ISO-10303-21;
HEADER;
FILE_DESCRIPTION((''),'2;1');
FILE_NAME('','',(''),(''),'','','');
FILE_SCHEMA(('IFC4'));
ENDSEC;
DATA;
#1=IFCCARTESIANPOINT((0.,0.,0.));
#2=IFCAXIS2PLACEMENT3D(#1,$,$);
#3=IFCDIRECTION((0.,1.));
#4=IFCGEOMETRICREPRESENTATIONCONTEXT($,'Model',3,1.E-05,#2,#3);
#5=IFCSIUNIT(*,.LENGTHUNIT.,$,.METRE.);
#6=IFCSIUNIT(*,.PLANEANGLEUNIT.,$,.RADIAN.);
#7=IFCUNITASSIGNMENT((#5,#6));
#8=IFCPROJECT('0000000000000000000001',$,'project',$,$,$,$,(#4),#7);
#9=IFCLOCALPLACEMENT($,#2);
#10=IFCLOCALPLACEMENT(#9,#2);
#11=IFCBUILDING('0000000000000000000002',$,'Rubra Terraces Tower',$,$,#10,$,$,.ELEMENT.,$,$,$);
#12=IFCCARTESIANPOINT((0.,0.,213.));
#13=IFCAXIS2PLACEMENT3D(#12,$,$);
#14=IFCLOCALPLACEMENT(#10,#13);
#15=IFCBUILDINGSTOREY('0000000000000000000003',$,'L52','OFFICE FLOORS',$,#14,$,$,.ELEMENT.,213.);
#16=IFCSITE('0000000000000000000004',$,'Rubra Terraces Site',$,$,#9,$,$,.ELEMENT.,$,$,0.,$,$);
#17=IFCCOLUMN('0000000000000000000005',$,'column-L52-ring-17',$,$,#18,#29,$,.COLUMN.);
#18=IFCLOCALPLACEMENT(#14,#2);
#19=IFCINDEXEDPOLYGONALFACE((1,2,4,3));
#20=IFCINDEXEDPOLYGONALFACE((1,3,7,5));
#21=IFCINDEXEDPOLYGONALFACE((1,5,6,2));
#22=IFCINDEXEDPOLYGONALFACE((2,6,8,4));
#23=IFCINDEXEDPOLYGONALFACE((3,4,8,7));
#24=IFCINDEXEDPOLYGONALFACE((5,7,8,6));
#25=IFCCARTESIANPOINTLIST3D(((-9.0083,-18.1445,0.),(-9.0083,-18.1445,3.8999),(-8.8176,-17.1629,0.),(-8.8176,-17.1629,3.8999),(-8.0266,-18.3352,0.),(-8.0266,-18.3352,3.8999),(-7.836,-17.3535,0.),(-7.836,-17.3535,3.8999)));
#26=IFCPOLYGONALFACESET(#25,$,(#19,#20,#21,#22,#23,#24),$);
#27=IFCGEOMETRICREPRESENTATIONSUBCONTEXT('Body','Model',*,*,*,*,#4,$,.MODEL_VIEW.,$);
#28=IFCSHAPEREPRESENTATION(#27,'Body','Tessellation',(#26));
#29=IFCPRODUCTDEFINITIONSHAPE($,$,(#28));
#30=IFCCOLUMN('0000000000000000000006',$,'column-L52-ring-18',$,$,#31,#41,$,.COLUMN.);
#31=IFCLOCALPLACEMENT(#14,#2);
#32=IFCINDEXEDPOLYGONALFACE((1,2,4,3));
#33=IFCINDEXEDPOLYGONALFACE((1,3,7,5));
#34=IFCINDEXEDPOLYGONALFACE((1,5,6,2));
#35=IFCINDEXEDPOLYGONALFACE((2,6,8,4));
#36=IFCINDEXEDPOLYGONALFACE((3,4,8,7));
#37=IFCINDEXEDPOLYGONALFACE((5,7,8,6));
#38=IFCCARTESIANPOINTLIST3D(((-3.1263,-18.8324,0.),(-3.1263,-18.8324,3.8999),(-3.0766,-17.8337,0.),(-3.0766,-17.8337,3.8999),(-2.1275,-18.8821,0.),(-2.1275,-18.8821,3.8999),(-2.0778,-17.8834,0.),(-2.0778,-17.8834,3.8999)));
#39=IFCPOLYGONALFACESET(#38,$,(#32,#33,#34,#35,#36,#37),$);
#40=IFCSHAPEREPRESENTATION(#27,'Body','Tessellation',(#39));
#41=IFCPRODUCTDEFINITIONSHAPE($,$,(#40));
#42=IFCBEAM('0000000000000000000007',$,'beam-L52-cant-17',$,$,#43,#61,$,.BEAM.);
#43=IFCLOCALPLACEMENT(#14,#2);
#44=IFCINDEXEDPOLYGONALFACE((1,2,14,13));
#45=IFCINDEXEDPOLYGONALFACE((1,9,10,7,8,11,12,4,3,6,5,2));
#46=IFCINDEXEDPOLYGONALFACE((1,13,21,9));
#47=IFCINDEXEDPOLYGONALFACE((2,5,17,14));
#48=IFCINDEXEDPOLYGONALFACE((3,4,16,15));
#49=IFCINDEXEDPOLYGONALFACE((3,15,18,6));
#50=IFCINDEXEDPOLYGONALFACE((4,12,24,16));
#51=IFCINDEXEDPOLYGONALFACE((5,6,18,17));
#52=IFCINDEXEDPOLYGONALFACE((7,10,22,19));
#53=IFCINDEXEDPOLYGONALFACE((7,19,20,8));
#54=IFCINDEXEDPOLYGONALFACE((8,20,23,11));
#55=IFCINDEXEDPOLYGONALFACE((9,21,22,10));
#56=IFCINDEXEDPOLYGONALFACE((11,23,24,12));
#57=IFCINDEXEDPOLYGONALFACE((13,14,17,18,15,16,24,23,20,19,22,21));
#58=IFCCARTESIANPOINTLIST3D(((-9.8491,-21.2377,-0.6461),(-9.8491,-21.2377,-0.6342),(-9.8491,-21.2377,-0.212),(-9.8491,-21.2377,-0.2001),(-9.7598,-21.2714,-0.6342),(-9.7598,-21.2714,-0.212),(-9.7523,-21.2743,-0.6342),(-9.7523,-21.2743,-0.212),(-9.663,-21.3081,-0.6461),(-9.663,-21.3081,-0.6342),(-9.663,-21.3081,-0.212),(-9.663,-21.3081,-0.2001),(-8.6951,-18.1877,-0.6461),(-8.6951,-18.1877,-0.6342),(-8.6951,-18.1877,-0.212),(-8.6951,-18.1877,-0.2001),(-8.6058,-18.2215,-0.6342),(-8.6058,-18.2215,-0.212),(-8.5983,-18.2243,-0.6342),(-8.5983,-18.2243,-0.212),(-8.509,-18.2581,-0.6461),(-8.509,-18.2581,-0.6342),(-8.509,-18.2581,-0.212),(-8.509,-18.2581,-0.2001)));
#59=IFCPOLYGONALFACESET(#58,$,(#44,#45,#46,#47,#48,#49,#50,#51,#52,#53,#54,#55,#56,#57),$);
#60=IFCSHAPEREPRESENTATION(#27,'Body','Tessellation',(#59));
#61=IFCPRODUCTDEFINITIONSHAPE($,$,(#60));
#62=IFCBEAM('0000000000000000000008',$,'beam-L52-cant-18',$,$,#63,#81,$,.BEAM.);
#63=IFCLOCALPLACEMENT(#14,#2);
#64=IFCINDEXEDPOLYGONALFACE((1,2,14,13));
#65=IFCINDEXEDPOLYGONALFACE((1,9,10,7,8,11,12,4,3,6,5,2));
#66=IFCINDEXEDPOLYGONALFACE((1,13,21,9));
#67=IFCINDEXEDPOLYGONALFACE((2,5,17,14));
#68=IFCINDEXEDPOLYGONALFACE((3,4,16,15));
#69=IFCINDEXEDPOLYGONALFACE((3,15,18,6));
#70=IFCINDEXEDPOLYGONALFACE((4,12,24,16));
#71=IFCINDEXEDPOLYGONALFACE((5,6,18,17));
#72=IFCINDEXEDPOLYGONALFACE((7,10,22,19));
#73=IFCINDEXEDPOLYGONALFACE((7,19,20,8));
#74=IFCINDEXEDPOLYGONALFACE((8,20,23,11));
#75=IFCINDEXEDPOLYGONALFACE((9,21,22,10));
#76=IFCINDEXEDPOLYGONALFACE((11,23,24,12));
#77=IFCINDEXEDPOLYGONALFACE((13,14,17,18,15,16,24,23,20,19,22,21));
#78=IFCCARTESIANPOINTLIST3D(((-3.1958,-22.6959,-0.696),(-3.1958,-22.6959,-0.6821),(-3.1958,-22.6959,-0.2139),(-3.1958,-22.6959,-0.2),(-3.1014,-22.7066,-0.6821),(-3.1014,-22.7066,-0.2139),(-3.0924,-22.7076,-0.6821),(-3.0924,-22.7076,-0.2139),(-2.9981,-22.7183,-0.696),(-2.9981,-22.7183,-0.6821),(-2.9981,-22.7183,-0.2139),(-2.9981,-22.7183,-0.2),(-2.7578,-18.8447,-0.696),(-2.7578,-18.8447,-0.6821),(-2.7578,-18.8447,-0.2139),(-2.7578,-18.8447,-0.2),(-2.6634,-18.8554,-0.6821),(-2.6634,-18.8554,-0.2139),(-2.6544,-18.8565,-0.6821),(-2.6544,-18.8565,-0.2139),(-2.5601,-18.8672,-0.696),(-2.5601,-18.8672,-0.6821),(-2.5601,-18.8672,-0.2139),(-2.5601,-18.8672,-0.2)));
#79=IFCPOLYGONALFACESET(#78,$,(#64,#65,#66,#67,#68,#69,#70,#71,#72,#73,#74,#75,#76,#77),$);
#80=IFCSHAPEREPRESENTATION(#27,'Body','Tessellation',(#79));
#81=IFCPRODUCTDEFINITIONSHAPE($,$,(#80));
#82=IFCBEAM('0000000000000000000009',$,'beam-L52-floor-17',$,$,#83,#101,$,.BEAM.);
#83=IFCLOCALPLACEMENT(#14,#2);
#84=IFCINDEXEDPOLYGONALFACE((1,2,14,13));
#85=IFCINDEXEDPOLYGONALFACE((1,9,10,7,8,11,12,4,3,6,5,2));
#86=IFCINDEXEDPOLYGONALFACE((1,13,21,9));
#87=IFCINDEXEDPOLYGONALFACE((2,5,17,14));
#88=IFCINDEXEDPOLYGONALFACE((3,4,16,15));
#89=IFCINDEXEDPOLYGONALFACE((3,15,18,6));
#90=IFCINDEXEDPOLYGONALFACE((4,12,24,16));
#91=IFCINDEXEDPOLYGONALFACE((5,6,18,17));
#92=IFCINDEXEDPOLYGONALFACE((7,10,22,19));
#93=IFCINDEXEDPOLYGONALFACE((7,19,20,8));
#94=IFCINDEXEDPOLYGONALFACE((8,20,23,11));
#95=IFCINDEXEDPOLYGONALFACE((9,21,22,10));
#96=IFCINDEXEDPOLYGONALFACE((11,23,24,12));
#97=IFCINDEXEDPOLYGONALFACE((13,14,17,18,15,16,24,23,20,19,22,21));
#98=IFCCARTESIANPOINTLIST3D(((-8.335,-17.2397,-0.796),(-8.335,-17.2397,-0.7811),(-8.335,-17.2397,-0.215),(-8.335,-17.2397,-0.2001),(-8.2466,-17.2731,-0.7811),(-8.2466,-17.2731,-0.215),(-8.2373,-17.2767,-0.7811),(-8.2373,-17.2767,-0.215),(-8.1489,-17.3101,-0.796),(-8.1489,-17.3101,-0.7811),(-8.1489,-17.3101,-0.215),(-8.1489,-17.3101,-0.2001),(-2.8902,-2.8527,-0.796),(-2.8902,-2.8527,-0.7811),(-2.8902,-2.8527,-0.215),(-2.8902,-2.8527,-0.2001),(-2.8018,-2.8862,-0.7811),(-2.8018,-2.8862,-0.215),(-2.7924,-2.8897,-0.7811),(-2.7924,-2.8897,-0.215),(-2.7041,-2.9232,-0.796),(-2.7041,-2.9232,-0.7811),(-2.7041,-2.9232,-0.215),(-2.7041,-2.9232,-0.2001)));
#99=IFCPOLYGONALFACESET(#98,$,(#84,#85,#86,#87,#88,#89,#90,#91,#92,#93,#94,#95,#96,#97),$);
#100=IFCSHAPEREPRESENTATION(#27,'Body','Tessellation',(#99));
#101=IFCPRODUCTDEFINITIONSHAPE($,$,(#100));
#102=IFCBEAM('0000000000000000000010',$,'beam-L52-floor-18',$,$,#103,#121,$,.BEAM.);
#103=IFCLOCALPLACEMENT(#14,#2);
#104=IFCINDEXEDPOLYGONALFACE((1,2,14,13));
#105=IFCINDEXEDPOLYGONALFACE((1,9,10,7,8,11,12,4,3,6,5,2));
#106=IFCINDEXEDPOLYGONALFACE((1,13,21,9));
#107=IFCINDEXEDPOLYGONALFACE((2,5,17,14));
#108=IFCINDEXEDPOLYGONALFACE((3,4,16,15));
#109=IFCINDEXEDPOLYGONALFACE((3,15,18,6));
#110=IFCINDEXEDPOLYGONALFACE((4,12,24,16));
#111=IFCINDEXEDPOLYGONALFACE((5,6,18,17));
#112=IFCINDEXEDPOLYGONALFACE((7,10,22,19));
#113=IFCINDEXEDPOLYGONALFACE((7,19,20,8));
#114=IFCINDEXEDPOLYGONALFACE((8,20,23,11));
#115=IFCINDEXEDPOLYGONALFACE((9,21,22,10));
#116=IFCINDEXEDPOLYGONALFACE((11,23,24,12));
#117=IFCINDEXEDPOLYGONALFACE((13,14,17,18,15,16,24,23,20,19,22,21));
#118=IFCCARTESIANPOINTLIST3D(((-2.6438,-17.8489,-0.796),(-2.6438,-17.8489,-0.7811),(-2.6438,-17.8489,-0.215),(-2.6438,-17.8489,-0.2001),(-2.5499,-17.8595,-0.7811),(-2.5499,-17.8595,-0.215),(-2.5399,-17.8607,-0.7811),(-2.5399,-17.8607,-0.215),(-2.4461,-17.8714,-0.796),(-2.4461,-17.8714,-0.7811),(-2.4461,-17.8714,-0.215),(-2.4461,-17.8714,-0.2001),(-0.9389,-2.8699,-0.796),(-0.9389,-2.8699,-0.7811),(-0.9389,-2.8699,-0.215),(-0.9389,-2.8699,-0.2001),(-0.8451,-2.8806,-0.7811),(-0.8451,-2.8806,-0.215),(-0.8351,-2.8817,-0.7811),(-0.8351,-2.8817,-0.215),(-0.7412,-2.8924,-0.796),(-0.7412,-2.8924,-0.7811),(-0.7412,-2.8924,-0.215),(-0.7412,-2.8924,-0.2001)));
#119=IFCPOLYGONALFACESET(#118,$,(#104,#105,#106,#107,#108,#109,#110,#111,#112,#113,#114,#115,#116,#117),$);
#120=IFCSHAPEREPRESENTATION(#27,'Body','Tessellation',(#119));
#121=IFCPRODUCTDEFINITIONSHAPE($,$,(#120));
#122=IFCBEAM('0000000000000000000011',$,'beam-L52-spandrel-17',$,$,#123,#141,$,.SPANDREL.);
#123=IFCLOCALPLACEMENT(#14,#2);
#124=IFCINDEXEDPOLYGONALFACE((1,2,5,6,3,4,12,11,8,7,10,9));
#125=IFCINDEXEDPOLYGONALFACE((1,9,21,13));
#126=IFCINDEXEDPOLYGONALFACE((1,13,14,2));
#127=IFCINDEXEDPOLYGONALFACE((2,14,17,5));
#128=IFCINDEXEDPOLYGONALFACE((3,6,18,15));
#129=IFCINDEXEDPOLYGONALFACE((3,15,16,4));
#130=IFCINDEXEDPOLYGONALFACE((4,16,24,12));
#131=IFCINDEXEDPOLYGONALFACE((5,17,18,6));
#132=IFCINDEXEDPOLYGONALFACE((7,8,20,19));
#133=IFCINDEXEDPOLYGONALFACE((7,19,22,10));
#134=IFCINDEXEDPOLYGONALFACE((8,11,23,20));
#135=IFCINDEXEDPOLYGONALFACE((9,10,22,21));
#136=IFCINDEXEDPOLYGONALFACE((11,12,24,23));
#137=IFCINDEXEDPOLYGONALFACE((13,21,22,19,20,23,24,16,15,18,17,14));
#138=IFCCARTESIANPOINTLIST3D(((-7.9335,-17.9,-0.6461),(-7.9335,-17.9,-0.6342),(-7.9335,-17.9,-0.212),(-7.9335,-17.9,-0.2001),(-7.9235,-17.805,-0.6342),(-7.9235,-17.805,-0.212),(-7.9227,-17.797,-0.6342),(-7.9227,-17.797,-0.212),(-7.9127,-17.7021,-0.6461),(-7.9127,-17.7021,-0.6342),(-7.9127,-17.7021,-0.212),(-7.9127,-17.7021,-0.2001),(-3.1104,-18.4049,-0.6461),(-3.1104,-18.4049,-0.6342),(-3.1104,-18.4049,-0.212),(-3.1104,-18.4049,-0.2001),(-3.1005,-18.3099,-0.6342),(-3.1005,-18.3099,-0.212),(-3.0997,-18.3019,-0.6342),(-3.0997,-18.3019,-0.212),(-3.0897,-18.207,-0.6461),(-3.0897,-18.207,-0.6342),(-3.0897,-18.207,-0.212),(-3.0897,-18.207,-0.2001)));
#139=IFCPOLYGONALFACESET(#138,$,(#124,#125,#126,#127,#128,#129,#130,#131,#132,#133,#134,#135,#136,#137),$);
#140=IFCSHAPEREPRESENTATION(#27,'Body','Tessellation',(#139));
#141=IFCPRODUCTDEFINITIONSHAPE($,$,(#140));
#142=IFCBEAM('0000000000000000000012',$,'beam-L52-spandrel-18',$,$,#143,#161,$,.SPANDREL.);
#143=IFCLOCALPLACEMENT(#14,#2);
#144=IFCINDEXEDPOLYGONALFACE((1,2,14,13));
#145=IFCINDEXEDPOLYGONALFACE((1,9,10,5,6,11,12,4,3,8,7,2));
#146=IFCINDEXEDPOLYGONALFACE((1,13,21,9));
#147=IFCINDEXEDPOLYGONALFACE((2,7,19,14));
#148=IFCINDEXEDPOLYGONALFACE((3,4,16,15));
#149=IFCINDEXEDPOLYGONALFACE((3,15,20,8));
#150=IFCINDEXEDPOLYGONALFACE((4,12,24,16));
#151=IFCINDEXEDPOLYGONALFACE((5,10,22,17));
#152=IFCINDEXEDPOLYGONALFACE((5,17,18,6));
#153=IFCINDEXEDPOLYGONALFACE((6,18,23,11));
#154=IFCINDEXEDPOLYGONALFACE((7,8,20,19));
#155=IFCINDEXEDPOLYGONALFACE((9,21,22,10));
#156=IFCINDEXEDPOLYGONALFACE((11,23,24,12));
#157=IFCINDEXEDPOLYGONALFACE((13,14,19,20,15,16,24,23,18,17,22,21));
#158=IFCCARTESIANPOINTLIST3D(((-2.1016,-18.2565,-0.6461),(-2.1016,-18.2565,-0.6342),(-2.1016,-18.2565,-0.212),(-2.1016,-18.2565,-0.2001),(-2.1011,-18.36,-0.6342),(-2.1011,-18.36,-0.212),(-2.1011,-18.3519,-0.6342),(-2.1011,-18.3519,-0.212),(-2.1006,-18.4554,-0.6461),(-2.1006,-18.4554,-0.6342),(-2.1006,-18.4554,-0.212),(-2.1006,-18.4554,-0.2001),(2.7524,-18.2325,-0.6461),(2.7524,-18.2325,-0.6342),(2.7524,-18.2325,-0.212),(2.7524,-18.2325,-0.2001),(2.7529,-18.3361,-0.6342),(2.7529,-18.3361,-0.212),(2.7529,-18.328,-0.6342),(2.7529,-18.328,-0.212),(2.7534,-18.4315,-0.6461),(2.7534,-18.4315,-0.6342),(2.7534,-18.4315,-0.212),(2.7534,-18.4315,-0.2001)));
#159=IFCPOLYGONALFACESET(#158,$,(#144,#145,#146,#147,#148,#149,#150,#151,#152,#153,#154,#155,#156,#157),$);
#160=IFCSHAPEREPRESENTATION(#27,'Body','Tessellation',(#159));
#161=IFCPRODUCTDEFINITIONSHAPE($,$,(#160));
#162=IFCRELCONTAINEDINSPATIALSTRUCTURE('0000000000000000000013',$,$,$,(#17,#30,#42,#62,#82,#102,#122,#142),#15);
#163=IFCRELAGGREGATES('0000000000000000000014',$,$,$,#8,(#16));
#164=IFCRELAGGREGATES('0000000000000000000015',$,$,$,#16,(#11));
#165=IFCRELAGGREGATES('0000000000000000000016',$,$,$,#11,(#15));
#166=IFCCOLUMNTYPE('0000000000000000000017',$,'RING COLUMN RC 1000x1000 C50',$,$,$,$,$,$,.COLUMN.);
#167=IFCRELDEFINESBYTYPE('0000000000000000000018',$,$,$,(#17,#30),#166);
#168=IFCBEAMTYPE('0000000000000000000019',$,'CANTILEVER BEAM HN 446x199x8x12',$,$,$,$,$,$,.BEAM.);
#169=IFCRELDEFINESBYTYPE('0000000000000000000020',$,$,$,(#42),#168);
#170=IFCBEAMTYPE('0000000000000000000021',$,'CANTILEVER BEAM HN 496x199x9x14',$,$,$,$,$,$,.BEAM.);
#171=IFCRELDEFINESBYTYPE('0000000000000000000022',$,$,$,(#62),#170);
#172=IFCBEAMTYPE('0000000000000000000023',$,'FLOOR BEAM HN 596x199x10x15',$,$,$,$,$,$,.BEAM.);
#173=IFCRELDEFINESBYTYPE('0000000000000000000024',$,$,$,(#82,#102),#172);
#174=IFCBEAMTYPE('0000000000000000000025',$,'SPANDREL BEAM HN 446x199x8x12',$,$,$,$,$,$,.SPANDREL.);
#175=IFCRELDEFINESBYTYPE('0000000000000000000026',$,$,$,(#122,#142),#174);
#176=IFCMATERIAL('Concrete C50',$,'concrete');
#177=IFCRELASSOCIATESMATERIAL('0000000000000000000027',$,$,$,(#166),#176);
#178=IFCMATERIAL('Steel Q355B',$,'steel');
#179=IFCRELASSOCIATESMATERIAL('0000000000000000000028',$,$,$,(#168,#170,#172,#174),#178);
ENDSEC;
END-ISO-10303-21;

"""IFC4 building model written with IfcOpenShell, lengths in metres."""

from ifc_helpers import new_model, si_unit, direction, frame, origin, origin_2d, place, context, subcontext, project, spatial, rectangle, i_section, extrude, material, material_profile, profile_set, type_object, element, save


model = new_model("IFC4")

# Units and contexts
model_context = context("Model", 3, precision=1e-05, world=origin(), true_north=direction((0.0, 1.0)))
body_context = subcontext(model_context, "Body", "Model", "MODEL_VIEW")
ifc_project = project(units=[si_unit("LENGTHUNIT", "METRE"), si_unit("PLANEANGLEUNIT", "RADIAN")], contexts=[model_context])

# Site, building, storey
site_placement = place(None, origin())
site = spatial("IfcSite", under=ifc_project, at=site_placement, Name="Rubra Terraces Site", CompositionType="ELEMENT", RefElevation=0.0)
building_placement = place(site_placement, origin())
building = spatial("IfcBuilding", under=site, at=building_placement, Name="Rubra Terraces Tower", CompositionType="ELEMENT")
storey_placement = place(building_placement, frame((0.0, 0.0, 213.0)))
storey = spatial("IfcBuildingStorey", under=building, at=storey_placement, Name="L52", Description="OFFICE FLOORS", CompositionType="ELEMENT", Elevation=213.0)

# Columns
ifc_material_1 = material(Name="Concrete C50", Category="concrete")
ifc_material_profile_1 = material_profile(ifc_material_1, rectangle(XDim=1.0, YDim=1.0, at=origin_2d()), Name="RC 1000x1000")
ifc_profile_set_1 = profile_set([ifc_material_profile_1], Name="Concrete C50")
column_type = type_object("IfcColumnType", Name="RING COLUMN RC 1000x1000 C50", PredefinedType="COLUMN", material=ifc_profile_set_1)
for number, where, z_axis, x_axis, name in (
    (1, (-8.4221, -17.749, 0.0), (0.0, 0.0, 1.0), (0.981655, -0.190668, 0.0), "column-L52-ring-17"),
    (2, (-2.6021, -18.3579, 0.0), (0.0, 0.0, 1.0), (0.998764, -0.049699, 0.0), "column-L52-ring-18"),
):
    element("IfcColumn", number, at=place(storey_placement, frame(where, z_axis=z_axis, x_axis=x_axis)), inside=storey, type_object=column_type, Name=name, PredefinedType="COLUMN", context=body_context, shape_type="SweptSolid", body=[
        extrude(rectangle(XDim=1.0, YDim=1.0, at=origin_2d()), origin(), (0.0, 0.0, 1.0), 3.8999),
    ])

# Beams
ifc_material_2 = material(Name="Steel Q355B", Category="steel")
ifc_material_profile_2 = material_profile(ifc_material_2, i_section(OverallWidth=0.199, OverallDepth=0.446, WebThickness=0.0081, FlangeThickness=0.012, at=origin_2d()), Name="HN 446x199x8x12")
ifc_profile_set_2 = profile_set([ifc_material_profile_2], Name="Steel Q355B")
beam_type_1 = type_object("IfcBeamType", Name="CANTILEVER BEAM HN 446x199x8x12", PredefinedType="BEAM", material=ifc_profile_set_2)
beam_1_placement = place(storey_placement, frame((-8.6021, -18.2229, -0.4231), z_axis=(-0.353887, -0.935288, 0.0), x_axis=(0.935288, -0.353887, 0.0)))
element("IfcBeam", 3, at=beam_1_placement, inside=storey, type_object=beam_type_1, Name="beam-L52-cant-17", PredefinedType="BEAM", context=body_context, shape_type="SweptSolid", body=[
    extrude(i_section(OverallWidth=0.199, OverallDepth=0.446, WebThickness=0.0081, FlangeThickness=0.012, at=origin_2d()), origin(), (0.0, 0.0, 1.0), 3.261),
])
ifc_material_profile_3 = material_profile(ifc_material_2, i_section(OverallWidth=0.199, OverallDepth=0.4961, WebThickness=0.009, FlangeThickness=0.0139, at=origin_2d()), Name="HN 496x199x9x14")
ifc_profile_set_3 = profile_set([ifc_material_profile_3], Name="Steel Q355B")
beam_type_2 = type_object("IfcBeamType", Name="CANTILEVER BEAM HN 496x199x9x14", PredefinedType="BEAM", material=ifc_profile_set_3)
beam_2_placement = place(storey_placement, frame((-2.6589, -18.856, -0.448), z_axis=(-0.113003, -0.993595, 0.0), x_axis=(0.993595, -0.113003, 0.0)))
element("IfcBeam", 4, at=beam_2_placement, inside=storey, type_object=beam_type_2, Name="beam-L52-cant-18", PredefinedType="BEAM", context=body_context, shape_type="SweptSolid", body=[
    extrude(i_section(OverallWidth=0.199, OverallDepth=0.4961, WebThickness=0.009, FlangeThickness=0.0139, at=origin_2d()), origin(), (0.0, 0.0, 1.0), 3.876),
])
ifc_material_profile_4 = material_profile(ifc_material_2, i_section(OverallWidth=0.199, OverallDepth=0.5959, WebThickness=0.01, FlangeThickness=0.0149, at=origin_2d()), Name="HN 596x199x10x15")
ifc_profile_set_4 = profile_set([ifc_material_profile_4], Name="Steel Q355B")
beam_type_3 = type_object("IfcBeamType", Name="FLOOR BEAM HN 596x199x10x15", PredefinedType="BEAM", material=ifc_profile_set_4)
beam_3_placement = place(storey_placement, frame((-8.2419, -17.2749, -0.498), z_axis=(0.353955, 0.935262, 0.0), x_axis=(-0.935262, 0.353955, 0.0)))
element("IfcBeam", 5, at=beam_3_placement, inside=storey, type_object=beam_type_3, Name="beam-L52-floor-17", PredefinedType="BEAM", context=body_context, shape_type="SweptSolid", body=[
    extrude(i_section(OverallWidth=0.199, OverallDepth=0.5959, WebThickness=0.01, FlangeThickness=0.0149, at=origin_2d()), origin(), (0.0, 0.0, 1.0), 15.3828),
])
beam_4_placement = place(storey_placement, frame((-2.5449, -17.8601, -0.498), z_axis=(0.113085, 0.993585, 0.0), x_axis=(-0.993585, 0.113085, 0.0)))
element("IfcBeam", 6, at=beam_4_placement, inside=storey, type_object=beam_type_3, Name="beam-L52-floor-18", PredefinedType="BEAM", context=body_context, shape_type="SweptSolid", body=[
    extrude(i_section(OverallWidth=0.199, OverallDepth=0.5959, WebThickness=0.01, FlangeThickness=0.0149, at=origin_2d()), origin(), (0.0, 0.0, 1.0), 15.0757),
])
ifc_material_profile_5 = material_profile(ifc_material_2, i_section(OverallWidth=0.199, OverallDepth=0.446, WebThickness=0.0081, FlangeThickness=0.012, at=origin_2d()), Name="HN 446x199x8x12")
ifc_profile_set_5 = profile_set([ifc_material_profile_5], Name="Steel Q355B")
beam_type_4 = type_object("IfcBeamType", Name="SPANDREL BEAM HN 446x199x8x12", PredefinedType="SPANDREL", material=ifc_profile_set_5)
beam_5_placement = place(storey_placement, frame((-7.9231, -17.801, -0.4231), z_axis=(0.994565, -0.104113, 0.0), x_axis=(0.104113, 0.994565, 0.0)))
element("IfcBeam", 7, at=beam_5_placement, inside=storey, type_object=beam_type_4, Name="beam-L52-spandrel-17", PredefinedType="SPANDREL", context=body_context, shape_type="SweptSolid", body=[
    extrude(i_section(OverallWidth=0.199, OverallDepth=0.446, WebThickness=0.0081, FlangeThickness=0.012, at=origin_2d()), origin(), (0.0, 0.0, 1.0), 4.8494),
])
beam_6_placement = place(storey_placement, frame((-2.1011, -18.356, -0.4231), z_axis=(0.999988, 0.004929, 0.0), x_axis=(-0.004929, 0.999988, 0.0)))
element("IfcBeam", 8, at=beam_6_placement, inside=storey, type_object=beam_type_4, Name="beam-L52-spandrel-18", PredefinedType="SPANDREL", context=body_context, shape_type="SweptSolid", body=[
    extrude(i_section(OverallWidth=0.199, OverallDepth=0.446, WebThickness=0.0081, FlangeThickness=0.012, at=origin_2d()), origin(), (0.0, 0.0, 1.0), 4.854),
])

save(model, "model.ifc")
